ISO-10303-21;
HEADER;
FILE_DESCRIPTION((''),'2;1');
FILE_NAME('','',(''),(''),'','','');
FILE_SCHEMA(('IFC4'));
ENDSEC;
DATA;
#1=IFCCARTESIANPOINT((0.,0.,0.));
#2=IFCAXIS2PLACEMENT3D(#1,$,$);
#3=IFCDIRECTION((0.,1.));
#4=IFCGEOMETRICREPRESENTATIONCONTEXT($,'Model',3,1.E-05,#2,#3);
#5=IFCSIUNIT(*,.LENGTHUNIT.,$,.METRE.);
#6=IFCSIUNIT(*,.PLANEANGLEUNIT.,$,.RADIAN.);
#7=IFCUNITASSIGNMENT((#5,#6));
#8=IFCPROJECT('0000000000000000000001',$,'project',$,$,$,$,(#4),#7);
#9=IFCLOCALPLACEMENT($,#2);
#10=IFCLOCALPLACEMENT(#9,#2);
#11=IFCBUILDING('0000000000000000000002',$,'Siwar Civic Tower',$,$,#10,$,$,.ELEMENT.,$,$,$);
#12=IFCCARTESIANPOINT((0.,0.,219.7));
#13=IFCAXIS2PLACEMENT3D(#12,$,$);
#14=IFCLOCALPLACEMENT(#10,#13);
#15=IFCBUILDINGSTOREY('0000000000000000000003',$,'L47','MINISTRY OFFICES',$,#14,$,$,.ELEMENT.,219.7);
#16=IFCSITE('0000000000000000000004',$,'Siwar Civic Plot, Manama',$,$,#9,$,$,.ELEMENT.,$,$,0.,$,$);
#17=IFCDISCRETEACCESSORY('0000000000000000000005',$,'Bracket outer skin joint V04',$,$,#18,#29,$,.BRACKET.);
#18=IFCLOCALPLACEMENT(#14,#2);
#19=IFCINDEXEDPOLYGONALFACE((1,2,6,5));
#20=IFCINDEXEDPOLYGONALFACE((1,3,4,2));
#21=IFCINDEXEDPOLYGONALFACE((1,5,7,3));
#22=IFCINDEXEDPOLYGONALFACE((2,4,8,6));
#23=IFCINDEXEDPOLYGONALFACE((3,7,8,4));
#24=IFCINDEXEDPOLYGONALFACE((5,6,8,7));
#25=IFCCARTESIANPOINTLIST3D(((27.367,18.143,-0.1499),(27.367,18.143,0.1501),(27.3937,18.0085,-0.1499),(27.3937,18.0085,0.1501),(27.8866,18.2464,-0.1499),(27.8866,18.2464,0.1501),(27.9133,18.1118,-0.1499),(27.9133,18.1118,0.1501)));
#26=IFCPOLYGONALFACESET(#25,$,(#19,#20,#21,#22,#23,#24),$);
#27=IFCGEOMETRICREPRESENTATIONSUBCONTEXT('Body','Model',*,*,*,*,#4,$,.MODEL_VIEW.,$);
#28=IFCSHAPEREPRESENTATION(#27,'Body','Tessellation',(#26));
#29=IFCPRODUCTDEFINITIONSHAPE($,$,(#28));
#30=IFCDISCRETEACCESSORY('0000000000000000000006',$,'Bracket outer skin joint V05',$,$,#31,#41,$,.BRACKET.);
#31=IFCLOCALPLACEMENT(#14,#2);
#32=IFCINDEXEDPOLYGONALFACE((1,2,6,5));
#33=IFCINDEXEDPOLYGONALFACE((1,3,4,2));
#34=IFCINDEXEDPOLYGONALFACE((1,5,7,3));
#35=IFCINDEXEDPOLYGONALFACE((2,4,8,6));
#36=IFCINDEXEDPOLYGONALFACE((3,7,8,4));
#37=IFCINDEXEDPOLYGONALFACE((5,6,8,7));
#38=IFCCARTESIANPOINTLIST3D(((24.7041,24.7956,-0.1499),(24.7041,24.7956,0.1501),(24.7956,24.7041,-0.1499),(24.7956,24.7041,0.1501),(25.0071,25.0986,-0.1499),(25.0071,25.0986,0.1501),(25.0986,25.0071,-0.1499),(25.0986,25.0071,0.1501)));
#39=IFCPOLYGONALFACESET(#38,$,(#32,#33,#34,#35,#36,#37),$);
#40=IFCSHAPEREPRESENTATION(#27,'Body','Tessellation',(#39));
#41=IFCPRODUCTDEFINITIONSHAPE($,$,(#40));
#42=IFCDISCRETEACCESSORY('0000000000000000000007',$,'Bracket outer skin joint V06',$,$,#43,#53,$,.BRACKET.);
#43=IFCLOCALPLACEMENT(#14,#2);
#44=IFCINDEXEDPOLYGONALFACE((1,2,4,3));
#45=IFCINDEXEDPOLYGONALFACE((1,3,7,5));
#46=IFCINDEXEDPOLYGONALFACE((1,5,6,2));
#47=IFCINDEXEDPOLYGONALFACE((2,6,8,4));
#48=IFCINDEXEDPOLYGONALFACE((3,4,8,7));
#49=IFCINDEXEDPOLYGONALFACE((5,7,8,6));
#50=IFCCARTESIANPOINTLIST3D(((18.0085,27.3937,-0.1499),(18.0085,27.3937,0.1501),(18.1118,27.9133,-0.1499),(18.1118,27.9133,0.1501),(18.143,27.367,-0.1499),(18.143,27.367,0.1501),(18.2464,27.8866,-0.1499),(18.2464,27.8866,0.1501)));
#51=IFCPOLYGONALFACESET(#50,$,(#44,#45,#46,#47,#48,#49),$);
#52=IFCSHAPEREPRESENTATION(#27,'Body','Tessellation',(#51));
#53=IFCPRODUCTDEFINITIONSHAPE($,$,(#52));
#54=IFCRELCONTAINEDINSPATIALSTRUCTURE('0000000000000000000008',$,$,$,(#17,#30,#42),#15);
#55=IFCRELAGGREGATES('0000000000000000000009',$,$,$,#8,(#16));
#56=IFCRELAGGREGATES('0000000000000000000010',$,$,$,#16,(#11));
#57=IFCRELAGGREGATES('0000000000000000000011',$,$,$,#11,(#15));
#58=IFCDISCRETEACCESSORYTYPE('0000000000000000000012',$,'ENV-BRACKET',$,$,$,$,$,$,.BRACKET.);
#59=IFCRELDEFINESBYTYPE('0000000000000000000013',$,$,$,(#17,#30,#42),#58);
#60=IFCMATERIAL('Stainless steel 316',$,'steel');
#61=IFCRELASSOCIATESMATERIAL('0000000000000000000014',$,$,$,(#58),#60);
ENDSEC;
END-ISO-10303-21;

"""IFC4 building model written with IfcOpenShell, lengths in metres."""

from ifc_helpers import new_model, si_unit, direction, frame, origin, origin_2d, place, context, subcontext, project, spatial, rectangle, extrude, material, type_object, element, save


model = new_model("IFC4")

# Units and contexts
model_context = context("Model", 3, precision=1e-05, world=origin(), true_north=direction((0.0, 1.0)))
body_context = subcontext(model_context, "Body", "Model", "MODEL_VIEW")
ifc_project = project(units=[si_unit("LENGTHUNIT", "METRE"), si_unit("PLANEANGLEUNIT", "RADIAN")], contexts=[model_context])

# Site, building, storey
site_placement = place(None, origin())
site = spatial("IfcSite", under=ifc_project, at=site_placement, Name="Siwar Civic Plot, Manama", CompositionType="ELEMENT", RefElevation=0.0)
building_placement = place(site_placement, origin())
building = spatial("IfcBuilding", under=site, at=building_placement, Name="Siwar Civic Tower", CompositionType="ELEMENT")
storey_placement = place(building_placement, frame((0.0, 0.0, 219.7)))
storey = spatial("IfcBuildingStorey", under=building, at=storey_placement, Name="L47", Description="MINISTRY OFFICES", CompositionType="ELEMENT", Elevation=219.7)

# Discrete accessories
ifc_material_1 = material(Name="Stainless steel 316", Category="steel")
discrete_accessory_type = type_object("IfcDiscreteAccessoryType", Name="ENV-BRACKET", PredefinedType="BRACKET", material=ifc_material_1)
discrete_accessory_1_placement = place(storey_placement, frame((27.6401, 18.1274, -0.1499), z_axis=(0.0, 0.0, 1.0), x_axis=(0.980785, 0.19509, 0.0)))
element("IfcDiscreteAccessory", 1, at=discrete_accessory_1_placement, inside=storey, type_object=discrete_accessory_type, Name="Bracket outer skin joint V04", PredefinedType="BRACKET", context=body_context, shape_type="SweptSolid", body=[
    extrude(rectangle(XDim=0.5298, YDim=0.1372, at=origin_2d()), origin(), (0.0, 0.0, 1.0), 0.3),
])
discrete_accessory_2_placement = place(storey_placement, frame((24.9014, 24.9014, -0.1499), z_axis=(0.0, 0.0, 1.0), x_axis=(0.707107, 0.707107, 0.0)))
element("IfcDiscreteAccessory", 2, at=discrete_accessory_2_placement, inside=storey, type_object=discrete_accessory_type, Name="Bracket outer skin joint V05", PredefinedType="BRACKET", context=body_context, shape_type="SweptSolid", body=[
    extrude(rectangle(XDim=0.4285, YDim=0.1294, at=origin_2d()), origin(), (0.0, 0.0, 1.0), 0.3),
])
discrete_accessory_3_placement = place(storey_placement, frame((18.1274, 27.6401, -0.1499), z_axis=(0.0, 0.0, 1.0), x_axis=(0.19509, 0.980785, 0.0)))
element("IfcDiscreteAccessory", 3, at=discrete_accessory_3_placement, inside=storey, type_object=discrete_accessory_type, Name="Bracket outer skin joint V06", PredefinedType="BRACKET", context=body_context, shape_type="SweptSolid", body=[
    extrude(rectangle(XDim=0.5298, YDim=0.1372, at=origin_2d()), origin(), (0.0, 0.0, 1.0), 0.3),
])

save(model, "model.ifc")
